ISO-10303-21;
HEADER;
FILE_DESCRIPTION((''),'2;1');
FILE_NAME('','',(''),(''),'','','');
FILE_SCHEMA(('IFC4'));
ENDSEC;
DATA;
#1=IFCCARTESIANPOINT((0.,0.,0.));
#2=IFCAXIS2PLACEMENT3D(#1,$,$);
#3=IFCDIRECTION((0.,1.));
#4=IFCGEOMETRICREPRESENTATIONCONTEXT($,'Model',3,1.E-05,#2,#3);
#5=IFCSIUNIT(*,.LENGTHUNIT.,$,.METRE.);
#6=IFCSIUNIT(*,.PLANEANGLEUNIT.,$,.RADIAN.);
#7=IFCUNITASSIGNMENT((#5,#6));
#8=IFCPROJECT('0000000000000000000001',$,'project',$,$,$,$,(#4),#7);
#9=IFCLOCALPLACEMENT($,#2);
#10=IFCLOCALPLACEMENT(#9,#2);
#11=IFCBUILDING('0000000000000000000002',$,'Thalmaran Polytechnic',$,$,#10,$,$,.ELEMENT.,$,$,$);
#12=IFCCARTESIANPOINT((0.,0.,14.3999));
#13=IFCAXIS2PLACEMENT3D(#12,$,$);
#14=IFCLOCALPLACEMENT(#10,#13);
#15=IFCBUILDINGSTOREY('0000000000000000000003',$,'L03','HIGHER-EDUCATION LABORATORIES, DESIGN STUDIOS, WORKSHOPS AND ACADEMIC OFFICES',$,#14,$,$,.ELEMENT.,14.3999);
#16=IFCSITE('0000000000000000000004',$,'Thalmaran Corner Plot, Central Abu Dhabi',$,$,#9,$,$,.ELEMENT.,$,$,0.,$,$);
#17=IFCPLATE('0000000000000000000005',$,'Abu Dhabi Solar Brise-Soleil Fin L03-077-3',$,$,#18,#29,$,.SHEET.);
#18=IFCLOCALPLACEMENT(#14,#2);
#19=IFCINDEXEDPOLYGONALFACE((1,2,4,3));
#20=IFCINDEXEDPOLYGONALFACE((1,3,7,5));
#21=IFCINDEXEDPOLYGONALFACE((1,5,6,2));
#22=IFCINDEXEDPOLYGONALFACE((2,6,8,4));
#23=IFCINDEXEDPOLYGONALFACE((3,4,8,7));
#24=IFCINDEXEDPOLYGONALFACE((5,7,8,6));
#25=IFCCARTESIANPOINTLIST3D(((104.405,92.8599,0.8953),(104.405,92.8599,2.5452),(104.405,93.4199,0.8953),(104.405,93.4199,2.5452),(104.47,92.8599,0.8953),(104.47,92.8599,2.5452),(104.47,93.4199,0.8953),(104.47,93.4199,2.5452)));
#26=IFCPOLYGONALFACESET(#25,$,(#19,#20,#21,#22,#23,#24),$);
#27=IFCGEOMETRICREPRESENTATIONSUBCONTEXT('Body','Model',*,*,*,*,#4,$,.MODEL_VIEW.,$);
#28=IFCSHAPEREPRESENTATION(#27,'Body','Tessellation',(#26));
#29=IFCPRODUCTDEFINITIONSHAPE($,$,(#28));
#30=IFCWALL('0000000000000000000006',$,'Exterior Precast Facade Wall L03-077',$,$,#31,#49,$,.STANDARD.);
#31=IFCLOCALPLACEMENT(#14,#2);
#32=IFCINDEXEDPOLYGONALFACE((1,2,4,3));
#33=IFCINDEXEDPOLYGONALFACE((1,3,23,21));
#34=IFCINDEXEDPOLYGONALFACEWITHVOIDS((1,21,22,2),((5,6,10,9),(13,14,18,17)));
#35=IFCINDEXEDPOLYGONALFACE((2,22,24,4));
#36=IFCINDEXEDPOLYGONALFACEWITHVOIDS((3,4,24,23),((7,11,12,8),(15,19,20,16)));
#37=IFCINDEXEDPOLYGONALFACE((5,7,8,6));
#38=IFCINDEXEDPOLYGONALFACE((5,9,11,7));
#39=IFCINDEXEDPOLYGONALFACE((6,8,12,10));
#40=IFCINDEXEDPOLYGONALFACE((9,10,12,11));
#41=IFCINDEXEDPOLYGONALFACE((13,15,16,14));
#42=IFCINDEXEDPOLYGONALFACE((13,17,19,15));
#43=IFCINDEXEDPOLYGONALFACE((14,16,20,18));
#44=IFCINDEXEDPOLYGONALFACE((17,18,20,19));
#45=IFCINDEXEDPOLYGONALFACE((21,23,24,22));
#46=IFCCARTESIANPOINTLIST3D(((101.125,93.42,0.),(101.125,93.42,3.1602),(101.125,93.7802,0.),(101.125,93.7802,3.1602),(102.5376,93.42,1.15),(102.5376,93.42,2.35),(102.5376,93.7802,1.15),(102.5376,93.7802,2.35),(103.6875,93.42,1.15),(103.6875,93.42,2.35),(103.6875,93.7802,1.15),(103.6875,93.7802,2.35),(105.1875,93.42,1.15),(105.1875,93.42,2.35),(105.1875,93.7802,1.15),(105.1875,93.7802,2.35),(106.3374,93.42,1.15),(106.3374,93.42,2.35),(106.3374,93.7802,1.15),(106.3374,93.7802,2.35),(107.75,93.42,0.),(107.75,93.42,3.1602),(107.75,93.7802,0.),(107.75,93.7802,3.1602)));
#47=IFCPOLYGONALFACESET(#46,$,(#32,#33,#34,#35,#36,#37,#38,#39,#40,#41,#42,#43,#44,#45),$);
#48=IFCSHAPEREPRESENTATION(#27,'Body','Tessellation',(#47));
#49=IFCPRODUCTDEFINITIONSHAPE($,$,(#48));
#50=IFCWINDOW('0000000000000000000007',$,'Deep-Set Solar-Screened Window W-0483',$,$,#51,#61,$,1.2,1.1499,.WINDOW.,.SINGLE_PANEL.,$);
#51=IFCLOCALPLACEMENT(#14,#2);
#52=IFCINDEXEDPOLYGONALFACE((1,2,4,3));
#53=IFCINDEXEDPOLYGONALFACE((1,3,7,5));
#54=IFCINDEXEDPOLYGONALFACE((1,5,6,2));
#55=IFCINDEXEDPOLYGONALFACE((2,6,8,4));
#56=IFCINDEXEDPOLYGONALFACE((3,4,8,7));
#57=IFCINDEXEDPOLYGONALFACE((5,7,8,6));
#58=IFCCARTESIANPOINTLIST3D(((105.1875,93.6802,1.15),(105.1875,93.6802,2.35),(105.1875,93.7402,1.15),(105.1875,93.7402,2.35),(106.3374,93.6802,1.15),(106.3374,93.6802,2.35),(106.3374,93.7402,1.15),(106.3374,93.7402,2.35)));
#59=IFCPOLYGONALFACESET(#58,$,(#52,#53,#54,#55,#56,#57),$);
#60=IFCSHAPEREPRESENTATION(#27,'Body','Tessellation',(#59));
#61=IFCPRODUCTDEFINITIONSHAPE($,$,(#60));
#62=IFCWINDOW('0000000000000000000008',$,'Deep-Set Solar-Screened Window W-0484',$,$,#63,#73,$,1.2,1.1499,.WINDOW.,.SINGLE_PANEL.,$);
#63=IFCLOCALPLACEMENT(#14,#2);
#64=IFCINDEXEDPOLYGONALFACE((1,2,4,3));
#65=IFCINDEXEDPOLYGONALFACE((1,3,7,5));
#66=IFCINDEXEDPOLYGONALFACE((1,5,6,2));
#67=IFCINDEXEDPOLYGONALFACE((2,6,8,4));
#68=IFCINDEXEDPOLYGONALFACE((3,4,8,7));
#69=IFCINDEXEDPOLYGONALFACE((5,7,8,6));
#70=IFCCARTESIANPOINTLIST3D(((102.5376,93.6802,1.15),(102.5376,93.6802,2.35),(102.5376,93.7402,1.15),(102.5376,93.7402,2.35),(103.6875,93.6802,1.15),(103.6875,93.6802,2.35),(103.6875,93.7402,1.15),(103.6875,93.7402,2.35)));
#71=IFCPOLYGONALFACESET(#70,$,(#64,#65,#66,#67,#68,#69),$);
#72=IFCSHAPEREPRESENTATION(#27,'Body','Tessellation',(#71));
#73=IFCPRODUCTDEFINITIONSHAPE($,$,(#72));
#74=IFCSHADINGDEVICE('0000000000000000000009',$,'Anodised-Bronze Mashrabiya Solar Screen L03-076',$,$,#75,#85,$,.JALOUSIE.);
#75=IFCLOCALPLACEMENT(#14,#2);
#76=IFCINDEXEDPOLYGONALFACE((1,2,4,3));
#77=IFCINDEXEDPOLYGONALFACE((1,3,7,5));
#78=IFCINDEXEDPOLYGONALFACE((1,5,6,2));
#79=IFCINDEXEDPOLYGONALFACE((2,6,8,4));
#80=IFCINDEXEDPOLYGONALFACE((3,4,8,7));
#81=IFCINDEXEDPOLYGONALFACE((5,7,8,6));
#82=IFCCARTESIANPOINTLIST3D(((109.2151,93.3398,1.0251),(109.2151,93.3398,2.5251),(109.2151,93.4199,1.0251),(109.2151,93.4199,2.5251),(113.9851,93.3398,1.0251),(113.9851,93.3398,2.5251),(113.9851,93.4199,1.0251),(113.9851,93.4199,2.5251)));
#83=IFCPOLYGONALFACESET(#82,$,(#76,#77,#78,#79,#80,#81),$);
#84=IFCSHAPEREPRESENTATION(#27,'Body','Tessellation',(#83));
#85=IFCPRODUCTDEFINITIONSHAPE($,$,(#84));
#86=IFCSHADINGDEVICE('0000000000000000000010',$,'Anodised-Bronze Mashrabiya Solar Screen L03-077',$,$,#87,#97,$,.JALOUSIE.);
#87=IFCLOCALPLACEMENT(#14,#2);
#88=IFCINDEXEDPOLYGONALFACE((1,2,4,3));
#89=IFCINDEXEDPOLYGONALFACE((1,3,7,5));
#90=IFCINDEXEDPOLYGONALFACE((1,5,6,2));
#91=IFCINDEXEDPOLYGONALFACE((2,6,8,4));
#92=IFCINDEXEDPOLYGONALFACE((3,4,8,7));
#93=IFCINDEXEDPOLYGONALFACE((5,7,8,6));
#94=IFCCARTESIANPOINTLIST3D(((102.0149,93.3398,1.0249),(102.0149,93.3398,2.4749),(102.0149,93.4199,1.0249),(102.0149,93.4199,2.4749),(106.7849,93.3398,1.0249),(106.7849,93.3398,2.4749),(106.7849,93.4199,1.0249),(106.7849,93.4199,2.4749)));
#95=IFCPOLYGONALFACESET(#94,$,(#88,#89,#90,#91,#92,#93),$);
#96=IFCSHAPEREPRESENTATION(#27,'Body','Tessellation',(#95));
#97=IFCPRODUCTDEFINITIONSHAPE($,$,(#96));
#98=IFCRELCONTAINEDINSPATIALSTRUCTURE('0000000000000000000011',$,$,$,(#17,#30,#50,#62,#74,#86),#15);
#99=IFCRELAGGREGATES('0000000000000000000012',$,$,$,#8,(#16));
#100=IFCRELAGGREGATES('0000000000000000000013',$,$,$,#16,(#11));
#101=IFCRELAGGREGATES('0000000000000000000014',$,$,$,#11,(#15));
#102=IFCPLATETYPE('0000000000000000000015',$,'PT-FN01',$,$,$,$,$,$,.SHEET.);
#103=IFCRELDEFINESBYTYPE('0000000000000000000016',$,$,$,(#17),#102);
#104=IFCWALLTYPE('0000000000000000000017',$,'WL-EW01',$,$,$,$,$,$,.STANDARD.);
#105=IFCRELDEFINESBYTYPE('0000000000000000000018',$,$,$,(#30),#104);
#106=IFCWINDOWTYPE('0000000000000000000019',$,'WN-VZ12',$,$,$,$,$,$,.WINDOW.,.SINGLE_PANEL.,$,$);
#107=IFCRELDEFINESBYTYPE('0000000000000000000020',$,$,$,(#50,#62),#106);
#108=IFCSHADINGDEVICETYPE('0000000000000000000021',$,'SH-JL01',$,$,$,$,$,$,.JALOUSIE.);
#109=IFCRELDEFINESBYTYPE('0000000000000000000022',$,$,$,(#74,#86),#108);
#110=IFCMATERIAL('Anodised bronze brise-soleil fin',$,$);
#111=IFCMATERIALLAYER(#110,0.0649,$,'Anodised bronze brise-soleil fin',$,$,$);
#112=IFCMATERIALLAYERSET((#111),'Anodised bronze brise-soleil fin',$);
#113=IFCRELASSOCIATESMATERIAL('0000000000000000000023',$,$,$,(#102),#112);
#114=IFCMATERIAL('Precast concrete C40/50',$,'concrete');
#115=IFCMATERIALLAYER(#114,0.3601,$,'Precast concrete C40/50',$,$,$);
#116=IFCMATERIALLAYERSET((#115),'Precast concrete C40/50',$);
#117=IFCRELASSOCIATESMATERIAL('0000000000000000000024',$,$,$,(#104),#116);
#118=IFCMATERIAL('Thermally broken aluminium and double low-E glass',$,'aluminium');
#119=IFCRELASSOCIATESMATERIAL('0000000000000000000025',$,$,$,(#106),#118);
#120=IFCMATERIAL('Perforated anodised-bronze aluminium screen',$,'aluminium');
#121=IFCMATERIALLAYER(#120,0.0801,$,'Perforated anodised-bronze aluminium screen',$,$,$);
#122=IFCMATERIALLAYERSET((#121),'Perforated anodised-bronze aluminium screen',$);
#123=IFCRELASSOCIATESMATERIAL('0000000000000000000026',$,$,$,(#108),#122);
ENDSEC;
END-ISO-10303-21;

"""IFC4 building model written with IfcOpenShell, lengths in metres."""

from ifc_helpers import new_model, si_unit, direction, frame, frame_2d, origin, origin_2d, place, context, subcontext, project, spatial, rectangle, extrude, material, layer, layer_set, type_object, element, fill, save


model = new_model("IFC4")

# Units and contexts
model_context = context("Model", 3, precision=1e-05, world=origin(), true_north=direction((0.0, 1.0)))
body_context = subcontext(model_context, "Body", "Model", "MODEL_VIEW")
ifc_project = project(units=[si_unit("LENGTHUNIT", "METRE"), si_unit("PLANEANGLEUNIT", "RADIAN")], contexts=[model_context])

# Site, building, storey
site_placement = place(None, origin())
site = spatial("IfcSite", under=ifc_project, at=site_placement, Name="Thalmaran Corner Plot, Central Abu Dhabi", CompositionType="ELEMENT", RefElevation=0.0)
building_placement = place(site_placement, origin())
building = spatial("IfcBuilding", under=site, at=building_placement, Name="Thalmaran Polytechnic", CompositionType="ELEMENT")
storey_placement = place(building_placement, frame((0.0, 0.0, 14.3999)))
storey = spatial("IfcBuildingStorey", under=building, at=storey_placement, Name="L03", Description="HIGHER-EDUCATION LABORATORIES, DESIGN STUDIOS, WORKSHOPS AND ACADEMIC OFFICES", CompositionType="ELEMENT", Elevation=14.3999)

# Plate
ifc_material_1 = material(Name="Anodised bronze brise-soleil fin")
ifc_layer_1 = layer(ifc_material_1, 0.0649, Name="Anodised bronze brise-soleil fin")
ifc_layer_set_1 = layer_set([ifc_layer_1], Name="Anodised bronze brise-soleil fin")
plate_type_1 = type_object("IfcPlateType", Name="PT-FN01", PredefinedType="SHEET", material=ifc_layer_set_1)
for number, where, z_axis, x_axis, name in (
    (1, (104.4375, 93.1399, 0.8953), (0.0, 0.0, 1.0), (-1.0, 0.0, 0.0), "Abu Dhabi Solar Brise-Soleil Fin L03-077-3"),
):
    element("IfcPlate", number, at=place(storey_placement, frame(where, z_axis=z_axis, x_axis=x_axis)), inside=storey, type_object=plate_type_1, Name=name, PredefinedType="SHEET", context=body_context, shape_type="SweptSolid", body=[
        extrude(rectangle(XDim=0.0649, YDim=0.5601, at=origin_2d()), origin(), (0.0, 0.0, 1.0), 1.6499),
    ])

# Wall, openings, windows
ifc_material_2 = material(Name="Precast concrete C40/50", Category="concrete")
ifc_layer_2 = layer(ifc_material_2, 0.3601, Name="Precast concrete C40/50")
ifc_layer_set_2 = layer_set([ifc_layer_2], Name="Precast concrete C40/50")
wall_type = type_object("IfcWallType", Name="WL-EW01", PredefinedType="STANDARD", material=ifc_layer_set_2)
wall_placement = place(storey_placement, frame((107.75, 93.6001, 0.0), z_axis=(0.0, 0.0, 1.0), x_axis=(-1.0, 0.0, 0.0)))
wall = element("IfcWall", 2, at=wall_placement, inside=storey, type_object=wall_type, Name="Exterior Precast Facade Wall L03-077", PredefinedType="STANDARD", context=body_context, shape_type="SweptSolid", body=[
    extrude(rectangle(XDim=6.625, YDim=0.3601, at=frame_2d((3.3125, 0.0))), origin(), (0.0, 0.0, 1.0), 3.1602),
])
opening_1_placement = place(wall_placement, frame((1.4126, 0.0, 1.1499)))
opening_1 = element("IfcOpeningElement", 3, at=opening_1_placement, cuts=wall, PredefinedType="OPENING", context=body_context, shape_type="SweptSolid", body=[
    extrude(rectangle(XDim=1.1499, YDim=1.2, at=frame_2d((0.575, 0.6001))), frame((0.0, 0.1899, 0.0), z_axis=(0.0, -1.0, 0.0), x_axis=(1.0, 0.0, 0.0)), (0.0, 0.0, 1.0), 0.3801),
])
opening_2_placement = place(wall_placement, frame((4.0625, 0.0, 1.1499)))
opening_2 = element("IfcOpeningElement", 4, at=opening_2_placement, cuts=wall, PredefinedType="OPENING", context=body_context, shape_type="SweptSolid", body=[
    extrude(rectangle(XDim=1.1499, YDim=1.2, at=frame_2d((0.575, 0.6001))), frame((0.0, 0.1899, 0.0), z_axis=(0.0, -1.0, 0.0), x_axis=(1.0, 0.0, 0.0)), (0.0, 0.0, 1.0), 0.3801),
])
ifc_material_3 = material(Name="Thermally broken aluminium and double low-E glass", Category="aluminium")
window_type = type_object("IfcWindowType", Name="WN-VZ12", PartitioningType="SINGLE_PANEL", PredefinedType="WINDOW", material=ifc_material_3)
window_1_placement = place(opening_1_placement, origin())
window_1 = element("IfcWindow", 5, at=window_1_placement, inside=storey, type_object=window_type, Name="Deep-Set Solar-Screened Window W-0483", OverallHeight=1.2, OverallWidth=1.1499, PartitioningType="SINGLE_PANEL", PredefinedType="WINDOW", context=body_context, shape_type="SweptSolid", body=[
    extrude(rectangle(XDim=1.1499, YDim=1.2, at=frame_2d((0.575, 0.6001))), frame((0.0, -0.0801, 0.0), z_axis=(0.0, -1.0, 0.0), x_axis=(1.0, 0.0, 0.0)), (0.0, 0.0, 1.0), 0.0601),
])
fill(opening_1, window_1)
window_2_placement = place(opening_2_placement, origin())
window_2 = element("IfcWindow", 6, at=window_2_placement, inside=storey, type_object=window_type, Name="Deep-Set Solar-Screened Window W-0484", OverallHeight=1.2, OverallWidth=1.1499, PartitioningType="SINGLE_PANEL", PredefinedType="WINDOW", context=body_context, shape_type="SweptSolid", body=[
    extrude(rectangle(XDim=1.1499, YDim=1.2, at=frame_2d((0.575, 0.6001))), frame((0.0, -0.0801, 0.0), z_axis=(0.0, -1.0, 0.0), x_axis=(1.0, 0.0, 0.0)), (0.0, 0.0, 1.0), 0.0601),
])
fill(opening_2, window_2)

# Shading devices
ifc_material_4 = material(Name="Perforated anodised-bronze aluminium screen", Category="aluminium")
ifc_layer_3 = layer(ifc_material_4, 0.0801, Name="Perforated anodised-bronze aluminium screen")
ifc_layer_set_3 = layer_set([ifc_layer_3], Name="Perforated anodised-bronze aluminium screen")
shading_device_type = type_object("IfcShadingDeviceType", Name="SH-JL01", PredefinedType="JALOUSIE", material=ifc_layer_set_3)
shading_device_1_placement = place(storey_placement, frame((111.6001, 93.3799, 1.0251), z_axis=(0.0, 0.0, 1.0), x_axis=(-1.0, 0.0, 0.0)))
element("IfcShadingDevice", 7, at=shading_device_1_placement, inside=storey, type_object=shading_device_type, Name="Anodised-Bronze Mashrabiya Solar Screen L03-076", PredefinedType="JALOUSIE", context=body_context, shape_type="SweptSolid", body=[
    extrude(rectangle(XDim=4.77, YDim=0.0801, at=origin_2d()), origin(), (0.0, 0.0, 1.0), 1.5),
])
shading_device_2_placement = place(storey_placement, frame((104.3999, 93.3799, 1.0249), z_axis=(0.0, 0.0, 1.0), x_axis=(-1.0, 0.0, 0.0)))
element("IfcShadingDevice", 8, at=shading_device_2_placement, inside=storey, type_object=shading_device_type, Name="Anodised-Bronze Mashrabiya Solar Screen L03-077", PredefinedType="JALOUSIE", context=body_context, shape_type="SweptSolid", body=[
    extrude(rectangle(XDim=4.77, YDim=0.0801, at=origin_2d()), origin(), (0.0, 0.0, 1.0), 1.45),
])

save(model, "model.ifc")
